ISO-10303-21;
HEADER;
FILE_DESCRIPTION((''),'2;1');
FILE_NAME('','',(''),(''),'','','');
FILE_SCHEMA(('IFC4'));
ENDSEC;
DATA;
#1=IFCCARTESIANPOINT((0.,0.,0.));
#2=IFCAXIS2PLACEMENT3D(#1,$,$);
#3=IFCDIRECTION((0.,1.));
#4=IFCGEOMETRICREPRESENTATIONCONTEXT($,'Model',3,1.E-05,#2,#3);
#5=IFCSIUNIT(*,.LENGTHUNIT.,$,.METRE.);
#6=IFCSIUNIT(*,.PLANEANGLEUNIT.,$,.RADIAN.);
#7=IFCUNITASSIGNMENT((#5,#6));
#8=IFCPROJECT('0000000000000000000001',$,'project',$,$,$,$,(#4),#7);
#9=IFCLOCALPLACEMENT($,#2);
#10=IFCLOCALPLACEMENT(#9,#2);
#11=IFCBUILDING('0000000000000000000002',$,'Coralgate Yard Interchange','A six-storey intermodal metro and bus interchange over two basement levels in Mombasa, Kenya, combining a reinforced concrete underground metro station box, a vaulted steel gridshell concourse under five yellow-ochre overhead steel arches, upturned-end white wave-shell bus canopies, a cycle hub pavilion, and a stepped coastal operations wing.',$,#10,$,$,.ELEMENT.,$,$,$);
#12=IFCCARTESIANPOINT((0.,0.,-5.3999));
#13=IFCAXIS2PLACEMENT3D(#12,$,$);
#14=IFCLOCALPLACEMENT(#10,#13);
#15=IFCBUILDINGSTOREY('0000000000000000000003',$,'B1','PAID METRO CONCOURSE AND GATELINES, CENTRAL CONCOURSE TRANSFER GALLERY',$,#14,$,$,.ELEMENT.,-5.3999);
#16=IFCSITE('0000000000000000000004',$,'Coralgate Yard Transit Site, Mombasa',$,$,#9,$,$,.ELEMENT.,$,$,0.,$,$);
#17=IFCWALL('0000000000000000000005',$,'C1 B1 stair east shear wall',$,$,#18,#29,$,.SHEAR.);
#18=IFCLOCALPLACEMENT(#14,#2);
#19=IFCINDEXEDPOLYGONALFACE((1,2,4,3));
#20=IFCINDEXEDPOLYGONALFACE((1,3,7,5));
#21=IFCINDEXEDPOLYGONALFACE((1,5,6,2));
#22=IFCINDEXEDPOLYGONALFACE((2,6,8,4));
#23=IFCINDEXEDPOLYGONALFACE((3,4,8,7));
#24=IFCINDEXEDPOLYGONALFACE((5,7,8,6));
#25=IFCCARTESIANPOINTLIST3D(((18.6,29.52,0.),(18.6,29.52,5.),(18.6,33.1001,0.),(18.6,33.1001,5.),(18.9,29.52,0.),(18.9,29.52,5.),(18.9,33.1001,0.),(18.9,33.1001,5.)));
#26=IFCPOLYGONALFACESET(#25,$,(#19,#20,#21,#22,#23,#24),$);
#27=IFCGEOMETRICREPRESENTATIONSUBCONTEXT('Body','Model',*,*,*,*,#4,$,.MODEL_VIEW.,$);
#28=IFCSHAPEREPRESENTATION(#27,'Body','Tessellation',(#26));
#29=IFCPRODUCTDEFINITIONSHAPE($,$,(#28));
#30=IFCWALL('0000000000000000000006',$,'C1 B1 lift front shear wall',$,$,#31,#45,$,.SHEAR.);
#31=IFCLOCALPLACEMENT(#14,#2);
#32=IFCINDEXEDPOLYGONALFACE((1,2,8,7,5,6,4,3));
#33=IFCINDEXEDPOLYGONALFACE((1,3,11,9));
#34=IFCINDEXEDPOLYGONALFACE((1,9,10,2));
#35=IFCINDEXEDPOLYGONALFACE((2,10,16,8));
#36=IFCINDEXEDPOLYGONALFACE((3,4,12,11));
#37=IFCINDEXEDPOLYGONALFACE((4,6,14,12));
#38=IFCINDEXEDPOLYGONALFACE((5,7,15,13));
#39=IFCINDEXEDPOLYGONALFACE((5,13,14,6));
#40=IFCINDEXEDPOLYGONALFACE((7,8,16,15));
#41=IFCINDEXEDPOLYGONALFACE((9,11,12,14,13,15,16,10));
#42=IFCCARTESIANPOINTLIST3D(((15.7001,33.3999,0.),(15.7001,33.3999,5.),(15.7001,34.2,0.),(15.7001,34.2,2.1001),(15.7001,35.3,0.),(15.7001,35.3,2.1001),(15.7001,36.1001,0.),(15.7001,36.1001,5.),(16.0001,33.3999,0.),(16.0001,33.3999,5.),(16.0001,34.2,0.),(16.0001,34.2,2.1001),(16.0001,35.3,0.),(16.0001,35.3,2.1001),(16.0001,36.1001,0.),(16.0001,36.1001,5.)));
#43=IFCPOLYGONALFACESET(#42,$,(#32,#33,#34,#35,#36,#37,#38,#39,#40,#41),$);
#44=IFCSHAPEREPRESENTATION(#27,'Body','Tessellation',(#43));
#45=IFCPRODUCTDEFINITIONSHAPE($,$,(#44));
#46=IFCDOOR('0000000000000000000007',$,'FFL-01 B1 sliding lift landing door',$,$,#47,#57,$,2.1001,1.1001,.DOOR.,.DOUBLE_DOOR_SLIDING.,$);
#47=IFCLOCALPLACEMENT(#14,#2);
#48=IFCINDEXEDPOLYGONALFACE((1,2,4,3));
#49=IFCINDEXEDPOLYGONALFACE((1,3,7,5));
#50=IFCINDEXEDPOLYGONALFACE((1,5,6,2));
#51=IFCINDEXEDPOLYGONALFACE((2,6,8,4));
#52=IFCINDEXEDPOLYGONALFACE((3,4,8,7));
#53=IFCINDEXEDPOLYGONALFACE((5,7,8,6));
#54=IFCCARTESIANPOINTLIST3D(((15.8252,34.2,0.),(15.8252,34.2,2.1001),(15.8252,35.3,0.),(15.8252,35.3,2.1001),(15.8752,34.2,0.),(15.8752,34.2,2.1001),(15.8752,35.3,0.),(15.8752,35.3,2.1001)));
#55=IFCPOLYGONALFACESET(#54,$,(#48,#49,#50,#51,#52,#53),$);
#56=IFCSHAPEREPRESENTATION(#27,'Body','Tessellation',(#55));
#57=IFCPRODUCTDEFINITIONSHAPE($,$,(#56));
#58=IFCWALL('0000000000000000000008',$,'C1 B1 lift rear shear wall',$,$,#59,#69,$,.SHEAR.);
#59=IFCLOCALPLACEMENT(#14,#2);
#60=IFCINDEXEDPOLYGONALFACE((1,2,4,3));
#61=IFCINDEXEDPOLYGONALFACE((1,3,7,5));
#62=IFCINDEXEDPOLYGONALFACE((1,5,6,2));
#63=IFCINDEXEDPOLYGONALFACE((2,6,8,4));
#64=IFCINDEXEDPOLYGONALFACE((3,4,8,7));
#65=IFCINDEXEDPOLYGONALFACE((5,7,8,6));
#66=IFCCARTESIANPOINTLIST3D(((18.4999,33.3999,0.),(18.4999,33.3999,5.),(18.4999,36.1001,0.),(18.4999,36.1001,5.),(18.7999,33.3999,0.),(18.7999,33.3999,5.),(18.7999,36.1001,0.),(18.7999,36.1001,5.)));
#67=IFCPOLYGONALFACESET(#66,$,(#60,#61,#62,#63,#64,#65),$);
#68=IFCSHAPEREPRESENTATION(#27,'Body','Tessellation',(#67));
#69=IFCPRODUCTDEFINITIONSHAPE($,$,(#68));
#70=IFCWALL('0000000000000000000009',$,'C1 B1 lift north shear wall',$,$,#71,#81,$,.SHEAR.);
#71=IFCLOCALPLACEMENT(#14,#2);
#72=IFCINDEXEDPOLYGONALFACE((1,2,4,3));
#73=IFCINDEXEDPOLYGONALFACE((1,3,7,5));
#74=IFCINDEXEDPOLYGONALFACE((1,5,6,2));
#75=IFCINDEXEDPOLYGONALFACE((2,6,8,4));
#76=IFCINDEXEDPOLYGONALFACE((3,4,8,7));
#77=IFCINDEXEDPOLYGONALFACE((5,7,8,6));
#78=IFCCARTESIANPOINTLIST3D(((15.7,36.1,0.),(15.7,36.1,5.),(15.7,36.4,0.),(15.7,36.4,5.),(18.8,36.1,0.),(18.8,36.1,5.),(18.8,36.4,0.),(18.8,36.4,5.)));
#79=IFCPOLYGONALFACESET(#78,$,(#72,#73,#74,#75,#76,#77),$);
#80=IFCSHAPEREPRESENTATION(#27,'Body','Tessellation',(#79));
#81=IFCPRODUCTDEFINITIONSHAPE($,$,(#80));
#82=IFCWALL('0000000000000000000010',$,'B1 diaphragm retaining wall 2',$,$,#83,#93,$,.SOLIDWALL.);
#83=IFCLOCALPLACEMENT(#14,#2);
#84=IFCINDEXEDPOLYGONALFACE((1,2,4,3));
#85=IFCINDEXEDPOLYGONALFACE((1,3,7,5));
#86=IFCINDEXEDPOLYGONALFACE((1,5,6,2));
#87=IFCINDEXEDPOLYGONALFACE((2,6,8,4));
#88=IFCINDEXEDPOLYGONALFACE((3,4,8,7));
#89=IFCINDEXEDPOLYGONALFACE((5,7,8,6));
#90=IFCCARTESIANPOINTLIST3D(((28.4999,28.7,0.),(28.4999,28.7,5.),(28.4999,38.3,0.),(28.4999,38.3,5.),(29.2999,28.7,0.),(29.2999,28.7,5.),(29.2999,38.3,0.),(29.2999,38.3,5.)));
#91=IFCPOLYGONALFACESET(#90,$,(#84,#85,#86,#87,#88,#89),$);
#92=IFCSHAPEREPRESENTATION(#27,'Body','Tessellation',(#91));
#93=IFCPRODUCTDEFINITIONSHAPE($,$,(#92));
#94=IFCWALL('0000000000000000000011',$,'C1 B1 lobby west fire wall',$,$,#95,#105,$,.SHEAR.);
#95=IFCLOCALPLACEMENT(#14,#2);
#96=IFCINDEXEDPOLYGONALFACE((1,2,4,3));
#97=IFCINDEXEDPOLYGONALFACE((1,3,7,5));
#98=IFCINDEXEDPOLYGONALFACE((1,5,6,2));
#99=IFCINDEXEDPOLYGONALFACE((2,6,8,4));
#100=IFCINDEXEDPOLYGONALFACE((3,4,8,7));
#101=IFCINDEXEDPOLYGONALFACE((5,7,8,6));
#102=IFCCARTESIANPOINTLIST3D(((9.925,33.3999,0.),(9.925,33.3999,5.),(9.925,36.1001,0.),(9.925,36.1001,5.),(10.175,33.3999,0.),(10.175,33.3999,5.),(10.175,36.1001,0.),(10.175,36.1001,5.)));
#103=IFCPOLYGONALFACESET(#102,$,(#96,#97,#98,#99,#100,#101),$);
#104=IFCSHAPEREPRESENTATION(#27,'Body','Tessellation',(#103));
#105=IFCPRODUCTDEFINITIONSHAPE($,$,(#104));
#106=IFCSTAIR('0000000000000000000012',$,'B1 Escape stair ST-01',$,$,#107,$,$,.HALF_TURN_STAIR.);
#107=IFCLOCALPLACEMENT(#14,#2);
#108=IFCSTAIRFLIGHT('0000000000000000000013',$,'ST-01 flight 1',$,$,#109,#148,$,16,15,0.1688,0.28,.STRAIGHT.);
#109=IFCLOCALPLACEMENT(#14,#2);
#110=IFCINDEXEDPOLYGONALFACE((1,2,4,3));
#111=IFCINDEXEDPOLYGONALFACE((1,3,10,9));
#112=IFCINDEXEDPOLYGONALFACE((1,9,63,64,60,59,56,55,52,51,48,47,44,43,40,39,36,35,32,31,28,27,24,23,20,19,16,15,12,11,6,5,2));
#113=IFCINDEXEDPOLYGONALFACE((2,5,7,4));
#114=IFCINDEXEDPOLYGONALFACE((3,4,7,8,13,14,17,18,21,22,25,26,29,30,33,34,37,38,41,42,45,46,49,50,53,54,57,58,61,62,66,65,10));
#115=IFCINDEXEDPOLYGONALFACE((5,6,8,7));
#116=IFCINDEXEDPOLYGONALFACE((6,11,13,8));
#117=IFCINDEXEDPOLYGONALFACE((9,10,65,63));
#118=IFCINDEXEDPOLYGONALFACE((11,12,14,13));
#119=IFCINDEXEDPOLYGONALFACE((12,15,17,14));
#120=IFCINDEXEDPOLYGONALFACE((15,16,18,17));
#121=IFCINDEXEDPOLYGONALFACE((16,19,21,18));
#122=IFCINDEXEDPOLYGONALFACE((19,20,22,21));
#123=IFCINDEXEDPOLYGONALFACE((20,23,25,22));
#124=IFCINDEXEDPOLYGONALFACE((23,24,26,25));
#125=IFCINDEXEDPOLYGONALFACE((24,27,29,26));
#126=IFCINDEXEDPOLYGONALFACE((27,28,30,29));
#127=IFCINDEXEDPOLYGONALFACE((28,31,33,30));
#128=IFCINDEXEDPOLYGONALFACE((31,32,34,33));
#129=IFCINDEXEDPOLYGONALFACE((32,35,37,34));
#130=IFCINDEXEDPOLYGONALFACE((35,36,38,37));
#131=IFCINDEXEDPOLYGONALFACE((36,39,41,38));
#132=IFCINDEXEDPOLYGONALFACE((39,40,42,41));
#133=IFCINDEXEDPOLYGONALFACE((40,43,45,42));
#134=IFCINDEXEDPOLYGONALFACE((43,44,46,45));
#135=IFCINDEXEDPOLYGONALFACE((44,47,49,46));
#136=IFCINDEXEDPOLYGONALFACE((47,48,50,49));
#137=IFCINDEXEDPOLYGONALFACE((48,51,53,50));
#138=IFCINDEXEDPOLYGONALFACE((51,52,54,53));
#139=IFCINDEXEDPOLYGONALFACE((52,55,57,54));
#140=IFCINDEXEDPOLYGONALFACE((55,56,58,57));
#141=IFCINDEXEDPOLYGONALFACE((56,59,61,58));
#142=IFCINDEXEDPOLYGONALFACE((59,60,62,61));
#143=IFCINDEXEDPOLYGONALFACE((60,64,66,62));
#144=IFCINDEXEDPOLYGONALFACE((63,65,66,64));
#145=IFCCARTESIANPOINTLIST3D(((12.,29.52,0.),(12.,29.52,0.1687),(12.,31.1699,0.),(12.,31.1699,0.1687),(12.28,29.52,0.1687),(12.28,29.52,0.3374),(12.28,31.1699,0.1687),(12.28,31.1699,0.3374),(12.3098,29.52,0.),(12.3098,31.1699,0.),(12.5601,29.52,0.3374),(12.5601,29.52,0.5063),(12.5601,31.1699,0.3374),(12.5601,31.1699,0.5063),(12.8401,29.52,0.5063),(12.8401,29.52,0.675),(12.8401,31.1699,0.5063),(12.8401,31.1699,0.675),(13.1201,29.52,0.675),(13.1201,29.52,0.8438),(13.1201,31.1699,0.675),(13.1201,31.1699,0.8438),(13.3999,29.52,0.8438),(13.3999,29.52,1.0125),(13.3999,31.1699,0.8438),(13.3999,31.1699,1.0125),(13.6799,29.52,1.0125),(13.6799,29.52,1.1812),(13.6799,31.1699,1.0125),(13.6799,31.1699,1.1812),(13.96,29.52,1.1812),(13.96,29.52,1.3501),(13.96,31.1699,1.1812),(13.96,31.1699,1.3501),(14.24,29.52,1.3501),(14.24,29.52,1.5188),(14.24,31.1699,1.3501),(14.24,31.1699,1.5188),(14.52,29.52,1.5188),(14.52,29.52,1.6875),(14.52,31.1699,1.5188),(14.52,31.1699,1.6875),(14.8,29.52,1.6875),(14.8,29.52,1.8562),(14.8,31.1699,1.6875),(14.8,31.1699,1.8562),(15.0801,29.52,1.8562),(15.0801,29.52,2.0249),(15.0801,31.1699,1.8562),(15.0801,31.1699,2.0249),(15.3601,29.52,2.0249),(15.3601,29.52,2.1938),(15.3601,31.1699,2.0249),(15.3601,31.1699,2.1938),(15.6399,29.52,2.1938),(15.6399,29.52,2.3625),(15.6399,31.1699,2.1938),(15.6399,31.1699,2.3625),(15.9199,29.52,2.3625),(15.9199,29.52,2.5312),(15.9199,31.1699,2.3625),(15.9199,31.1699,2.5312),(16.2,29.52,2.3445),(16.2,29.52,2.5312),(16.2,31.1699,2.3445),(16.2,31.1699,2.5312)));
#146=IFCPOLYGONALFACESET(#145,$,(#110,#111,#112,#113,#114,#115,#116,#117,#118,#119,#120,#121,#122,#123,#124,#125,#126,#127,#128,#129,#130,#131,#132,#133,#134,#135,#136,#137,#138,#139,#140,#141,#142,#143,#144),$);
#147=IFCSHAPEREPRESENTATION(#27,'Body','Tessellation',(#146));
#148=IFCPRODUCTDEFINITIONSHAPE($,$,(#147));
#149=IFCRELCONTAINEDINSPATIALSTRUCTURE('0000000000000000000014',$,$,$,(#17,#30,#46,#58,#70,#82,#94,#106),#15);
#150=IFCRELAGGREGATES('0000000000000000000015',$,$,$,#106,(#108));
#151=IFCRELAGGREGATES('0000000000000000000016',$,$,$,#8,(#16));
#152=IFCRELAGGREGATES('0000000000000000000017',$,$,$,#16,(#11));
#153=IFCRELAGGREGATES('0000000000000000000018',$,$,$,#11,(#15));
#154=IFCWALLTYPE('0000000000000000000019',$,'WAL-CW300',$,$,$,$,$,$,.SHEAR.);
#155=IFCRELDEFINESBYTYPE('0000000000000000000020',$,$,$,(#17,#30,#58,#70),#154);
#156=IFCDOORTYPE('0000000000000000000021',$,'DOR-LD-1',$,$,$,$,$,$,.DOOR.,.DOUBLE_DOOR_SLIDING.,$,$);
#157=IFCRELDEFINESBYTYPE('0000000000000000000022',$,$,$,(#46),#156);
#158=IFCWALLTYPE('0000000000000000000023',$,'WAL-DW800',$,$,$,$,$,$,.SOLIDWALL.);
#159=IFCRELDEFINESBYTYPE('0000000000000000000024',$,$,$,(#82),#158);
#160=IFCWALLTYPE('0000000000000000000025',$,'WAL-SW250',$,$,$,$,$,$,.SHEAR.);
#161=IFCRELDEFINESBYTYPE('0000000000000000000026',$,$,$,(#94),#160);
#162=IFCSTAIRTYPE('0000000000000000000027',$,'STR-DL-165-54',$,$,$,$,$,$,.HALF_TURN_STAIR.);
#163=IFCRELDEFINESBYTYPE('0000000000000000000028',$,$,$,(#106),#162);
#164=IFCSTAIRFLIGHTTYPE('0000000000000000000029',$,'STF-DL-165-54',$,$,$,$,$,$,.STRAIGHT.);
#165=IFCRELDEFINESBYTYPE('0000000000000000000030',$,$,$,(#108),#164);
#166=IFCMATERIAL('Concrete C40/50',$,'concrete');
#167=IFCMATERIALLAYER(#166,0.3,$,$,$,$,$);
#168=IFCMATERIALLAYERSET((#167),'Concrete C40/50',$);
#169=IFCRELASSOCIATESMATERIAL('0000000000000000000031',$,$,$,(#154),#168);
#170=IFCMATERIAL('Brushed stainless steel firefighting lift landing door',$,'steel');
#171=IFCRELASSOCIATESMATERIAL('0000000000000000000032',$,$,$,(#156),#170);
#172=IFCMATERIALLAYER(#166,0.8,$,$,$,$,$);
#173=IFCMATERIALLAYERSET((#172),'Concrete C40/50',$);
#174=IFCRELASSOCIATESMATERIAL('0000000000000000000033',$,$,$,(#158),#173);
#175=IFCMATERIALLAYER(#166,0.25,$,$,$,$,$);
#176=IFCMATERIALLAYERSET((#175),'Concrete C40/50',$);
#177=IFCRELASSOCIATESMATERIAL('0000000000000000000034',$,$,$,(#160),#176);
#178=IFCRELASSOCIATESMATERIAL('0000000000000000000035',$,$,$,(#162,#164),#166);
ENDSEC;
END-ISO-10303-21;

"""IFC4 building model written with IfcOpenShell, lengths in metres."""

from ifc_helpers import new_model, si_unit, direction, frame, frame_2d, origin, place, context, subcontext, project, spatial, polyline, rectangle, outline, extrude, material, layer, layer_set, type_object, element, fill, aggregate, save


model = new_model("IFC4")

# Units and contexts
model_context = context("Model", 3, precision=1e-05, world=origin(), true_north=direction((0.0, 1.0)))
body_context = subcontext(model_context, "Body", "Model", "MODEL_VIEW")
ifc_project = project(units=[si_unit("LENGTHUNIT", "METRE"), si_unit("PLANEANGLEUNIT", "RADIAN")], contexts=[model_context])

# Site, building, storey
site_placement = place(None, origin())
site = spatial("IfcSite", under=ifc_project, at=site_placement, Name="Coralgate Yard Transit Site, Mombasa", CompositionType="ELEMENT", RefElevation=0.0)
building_placement = place(site_placement, origin())
building = spatial("IfcBuilding", under=site, at=building_placement, Name="Coralgate Yard Interchange", Description="A six-storey intermodal metro and bus interchange over two basement levels in Mombasa, Kenya, combining a reinforced concrete underground metro station box, a vaulted steel gridshell concourse under five yellow-ochre overhead steel arches, upturned-end white wave-shell bus canopies, a cycle hub pavilion, and a stepped coastal operations wing.", CompositionType="ELEMENT")
storey_placement = place(building_placement, frame((0.0, 0.0, -5.3999)))
storey = spatial("IfcBuildingStorey", under=building, at=storey_placement, Name="B1", Description="PAID METRO CONCOURSE AND GATELINES, CENTRAL CONCOURSE TRANSFER GALLERY", CompositionType="ELEMENT", Elevation=-5.3999)

# Shared definitions
ifc_material_1 = material(Name="Concrete C40/50", Category="concrete")

# Shared definitions
ifc_layer_1 = layer(ifc_material_1, 0.3)
ifc_layer_set_1 = layer_set([ifc_layer_1], Name="Concrete C40/50")
wall_type_1 = type_object("IfcWallType", Name="WAL-CW300", PredefinedType="SHEAR", material=ifc_layer_set_1)

# Wall
for number, where, z_axis, x_axis, name in (
    (1, (18.75, 33.1001, 0.0), (0.0, 0.0, 1.0), (0.0, -1.0, 0.0), "C1 B1 stair east shear wall"),
):
    element("IfcWall", number, at=place(storey_placement, frame(where, z_axis=z_axis, x_axis=x_axis)), inside=storey, type_object=wall_type_1, Name=name, PredefinedType="SHEAR", context=body_context, shape_type="SweptSolid", body=[
        extrude(rectangle(XDim=3.5801, YDim=0.3, at=frame_2d((1.79, 0.0))), origin(), (0.0, 0.0, 1.0), 5.0),
    ])

# Wall, opening, door
wall_1_placement = place(storey_placement, frame((15.8501, 36.1001, 0.0), z_axis=(0.0, 0.0, 1.0), x_axis=(0.0, -1.0, 0.0)))
wall_1 = element("IfcWall", 2, at=wall_1_placement, inside=storey, type_object=wall_type_1, Name="C1 B1 lift front shear wall", PredefinedType="SHEAR", context=body_context, shape_type="SweptSolid", body=[
    extrude(rectangle(XDim=2.7002, YDim=0.3, at=frame_2d((1.3501, 0.0))), origin(), (0.0, 0.0, 1.0), 5.0),
])
opening_1_placement = place(wall_1_placement, frame((0.8, 0.0, 0.0)))
opening_1 = element("IfcOpeningElement", 3, at=opening_1_placement, cuts=wall_1, PredefinedType="OPENING", context=body_context, shape_type="SweptSolid", body=[
    extrude(rectangle(XDim=1.1001, YDim=2.1001, at=frame_2d((0.55, 1.05))), frame((0.0, 0.1599, 0.0), z_axis=(0.0, -1.0, 0.0), x_axis=(1.0, 0.0, 0.0)), (0.0, 0.0, 1.0), 0.3201),
])
ifc_material_2 = material(Name="Brushed stainless steel firefighting lift landing door", Category="steel")
door_type_1 = type_object("IfcDoorType", Name="DOR-LD-1", OperationType="DOUBLE_DOOR_SLIDING", PredefinedType="DOOR", material=ifc_material_2)
door_1_placement = place(opening_1_placement, frame((1.1001, 0.0, 0.0), z_axis=(0.0, 0.0, 1.0), x_axis=(-1.0, 0.0, 0.0)))
door_1 = element("IfcDoor", 4, at=door_1_placement, inside=storey, type_object=door_type_1, Name="FFL-01 B1 sliding lift landing door", OperationType="DOUBLE_DOOR_SLIDING", OverallHeight=2.1001, OverallWidth=1.1001, PredefinedType="DOOR", context=body_context, shape_type="SweptSolid", body=[
    extrude(rectangle(XDim=1.1001, YDim=2.1001, at=frame_2d((0.55, 1.05))), frame((0.0, 0.0249, 0.0), z_axis=(0.0, -1.0, 0.0), x_axis=(1.0, 0.0, 0.0)), (0.0, 0.0, 1.0), 0.05),
])
fill(opening_1, door_1)

# Walls
wall_2_placement = place(storey_placement, frame((18.6499, 33.3999, 0.0), z_axis=(0.0, 0.0, 1.0), x_axis=(0.0, 1.0, 0.0)))
element("IfcWall", 5, at=wall_2_placement, inside=storey, type_object=wall_type_1, Name="C1 B1 lift rear shear wall", PredefinedType="SHEAR", context=body_context, shape_type="SweptSolid", body=[
    extrude(rectangle(XDim=2.7002, YDim=0.3, at=frame_2d((1.3501, 0.0))), origin(), (0.0, 0.0, 1.0), 5.0),
])
wall_3_placement = place(storey_placement, frame((15.7, 36.25, 0.0), z_axis=(0.0, 0.0, 1.0), x_axis=(1.0, 0.0, 0.0)))
element("IfcWall", 6, at=wall_3_placement, inside=storey, type_object=wall_type_1, Name="C1 B1 lift north shear wall", PredefinedType="SHEAR", context=body_context, shape_type="SweptSolid", body=[
    extrude(rectangle(XDim=3.1001, YDim=0.3, at=frame_2d((1.55, 0.0))), origin(), (0.0, 0.0, 1.0), 5.0),
])
ifc_layer_2 = layer(ifc_material_1, 0.8)
ifc_layer_set_2 = layer_set([ifc_layer_2], Name="Concrete C40/50")
wall_type_2 = type_object("IfcWallType", Name="WAL-DW800", PredefinedType="SOLIDWALL", material=ifc_layer_set_2)
wall_4_placement = place(storey_placement, frame((28.8999, 38.3, 0.0), z_axis=(0.0, 0.0, 1.0), x_axis=(0.0, -1.0, 0.0)))
element("IfcWall", 7, at=wall_4_placement, inside=storey, type_object=wall_type_2, Name="B1 diaphragm retaining wall 2", PredefinedType="SOLIDWALL", context=body_context, shape_type="SweptSolid", body=[
    extrude(rectangle(XDim=9.6001, YDim=0.8, at=frame_2d((4.8, 0.0))), origin(), (0.0, 0.0, 1.0), 5.0),
])

# Shared definitions
ifc_layer_3 = layer(ifc_material_1, 0.25)
ifc_layer_set_3 = layer_set([ifc_layer_3], Name="Concrete C40/50")
wall_type_3 = type_object("IfcWallType", Name="WAL-SW250", PredefinedType="SHEAR", material=ifc_layer_set_3)

# Wall
wall_5_placement = place(storey_placement, frame((10.05, 33.3999, 0.0), z_axis=(0.0, 0.0, 1.0), x_axis=(0.0, 1.0, 0.0)))
element("IfcWall", 8, at=wall_5_placement, inside=storey, type_object=wall_type_3, Name="C1 B1 lobby west fire wall", PredefinedType="SHEAR", context=body_context, shape_type="SweptSolid", body=[
    extrude(rectangle(XDim=2.7002, YDim=0.25, at=frame_2d((1.3501, 0.0))), origin(), (0.0, 0.0, 1.0), 5.0),
])

# Stair, stair flight
stair_type = type_object("IfcStairType", Name="STR-DL-165-54", PredefinedType="HALF_TURN_STAIR", material=ifc_material_1)
stair_placement = place(storey_placement, origin())
stair = element("IfcStair", 9, at=stair_placement, inside=storey, type_object=stair_type, Name="B1 Escape stair ST-01", PredefinedType="HALF_TURN_STAIR")
stair_flight_type = type_object("IfcStairFlightType", Name="STF-DL-165-54", PredefinedType="STRAIGHT", material=ifc_material_1)
stair_flight_1_placement = place(storey_placement, frame((12.0, 30.345, 0.0), z_axis=(0.0, 0.0, 1.0), x_axis=(1.0, 0.0, 0.0)))
stair_flight_1 = element("IfcStairFlight", 10, at=stair_flight_1_placement, type_object=stair_flight_type, Name="ST-01 flight 1", NumberOfRisers=16, NumberOfTreads=15, PredefinedType="STRAIGHT", RiserHeight=0.1688, TreadLength=0.28, context=body_context, shape_type="SweptSolid", body=[
    extrude(outline(polyline([(0.0, 0.0), (0.0, 0.1687), (0.28, 0.1687), (0.28, 0.3374), (0.5601, 0.3374), (0.5601, 0.5063), (0.8401, 0.5063), (0.8401, 0.675), (1.1201, 0.675), (1.1201, 0.8438), (1.3999, 0.8438), (1.3999, 1.0125), (1.6799, 1.0125), (1.6799, 1.1812), (1.96, 1.1812), (1.96, 1.3501), (2.24, 1.3501), (2.24, 1.5188), (2.52, 1.5188), (2.52, 1.6875), (2.8, 1.6875), (2.8, 1.8562), (3.0801, 1.8562), (3.0801, 2.0249), (3.3601, 2.0249), (3.3601, 2.1938), (3.6399, 2.1938), (3.6399, 2.3625), (3.9199, 2.3625), (3.9199, 2.5312), (4.2, 2.5312), (4.2, 2.7), (4.2, 2.3445), (0.3098, 0.0), (0.0, 0.0)])), frame((0.0, 0.825, 0.0), z_axis=(0.0, -1.0, 0.0), x_axis=(1.0, 0.0, 0.0)), (0.0, 0.0, 1.0), 1.6499),
])
aggregate(stair, [stair_flight_1])

save(model, "model.ifc")
